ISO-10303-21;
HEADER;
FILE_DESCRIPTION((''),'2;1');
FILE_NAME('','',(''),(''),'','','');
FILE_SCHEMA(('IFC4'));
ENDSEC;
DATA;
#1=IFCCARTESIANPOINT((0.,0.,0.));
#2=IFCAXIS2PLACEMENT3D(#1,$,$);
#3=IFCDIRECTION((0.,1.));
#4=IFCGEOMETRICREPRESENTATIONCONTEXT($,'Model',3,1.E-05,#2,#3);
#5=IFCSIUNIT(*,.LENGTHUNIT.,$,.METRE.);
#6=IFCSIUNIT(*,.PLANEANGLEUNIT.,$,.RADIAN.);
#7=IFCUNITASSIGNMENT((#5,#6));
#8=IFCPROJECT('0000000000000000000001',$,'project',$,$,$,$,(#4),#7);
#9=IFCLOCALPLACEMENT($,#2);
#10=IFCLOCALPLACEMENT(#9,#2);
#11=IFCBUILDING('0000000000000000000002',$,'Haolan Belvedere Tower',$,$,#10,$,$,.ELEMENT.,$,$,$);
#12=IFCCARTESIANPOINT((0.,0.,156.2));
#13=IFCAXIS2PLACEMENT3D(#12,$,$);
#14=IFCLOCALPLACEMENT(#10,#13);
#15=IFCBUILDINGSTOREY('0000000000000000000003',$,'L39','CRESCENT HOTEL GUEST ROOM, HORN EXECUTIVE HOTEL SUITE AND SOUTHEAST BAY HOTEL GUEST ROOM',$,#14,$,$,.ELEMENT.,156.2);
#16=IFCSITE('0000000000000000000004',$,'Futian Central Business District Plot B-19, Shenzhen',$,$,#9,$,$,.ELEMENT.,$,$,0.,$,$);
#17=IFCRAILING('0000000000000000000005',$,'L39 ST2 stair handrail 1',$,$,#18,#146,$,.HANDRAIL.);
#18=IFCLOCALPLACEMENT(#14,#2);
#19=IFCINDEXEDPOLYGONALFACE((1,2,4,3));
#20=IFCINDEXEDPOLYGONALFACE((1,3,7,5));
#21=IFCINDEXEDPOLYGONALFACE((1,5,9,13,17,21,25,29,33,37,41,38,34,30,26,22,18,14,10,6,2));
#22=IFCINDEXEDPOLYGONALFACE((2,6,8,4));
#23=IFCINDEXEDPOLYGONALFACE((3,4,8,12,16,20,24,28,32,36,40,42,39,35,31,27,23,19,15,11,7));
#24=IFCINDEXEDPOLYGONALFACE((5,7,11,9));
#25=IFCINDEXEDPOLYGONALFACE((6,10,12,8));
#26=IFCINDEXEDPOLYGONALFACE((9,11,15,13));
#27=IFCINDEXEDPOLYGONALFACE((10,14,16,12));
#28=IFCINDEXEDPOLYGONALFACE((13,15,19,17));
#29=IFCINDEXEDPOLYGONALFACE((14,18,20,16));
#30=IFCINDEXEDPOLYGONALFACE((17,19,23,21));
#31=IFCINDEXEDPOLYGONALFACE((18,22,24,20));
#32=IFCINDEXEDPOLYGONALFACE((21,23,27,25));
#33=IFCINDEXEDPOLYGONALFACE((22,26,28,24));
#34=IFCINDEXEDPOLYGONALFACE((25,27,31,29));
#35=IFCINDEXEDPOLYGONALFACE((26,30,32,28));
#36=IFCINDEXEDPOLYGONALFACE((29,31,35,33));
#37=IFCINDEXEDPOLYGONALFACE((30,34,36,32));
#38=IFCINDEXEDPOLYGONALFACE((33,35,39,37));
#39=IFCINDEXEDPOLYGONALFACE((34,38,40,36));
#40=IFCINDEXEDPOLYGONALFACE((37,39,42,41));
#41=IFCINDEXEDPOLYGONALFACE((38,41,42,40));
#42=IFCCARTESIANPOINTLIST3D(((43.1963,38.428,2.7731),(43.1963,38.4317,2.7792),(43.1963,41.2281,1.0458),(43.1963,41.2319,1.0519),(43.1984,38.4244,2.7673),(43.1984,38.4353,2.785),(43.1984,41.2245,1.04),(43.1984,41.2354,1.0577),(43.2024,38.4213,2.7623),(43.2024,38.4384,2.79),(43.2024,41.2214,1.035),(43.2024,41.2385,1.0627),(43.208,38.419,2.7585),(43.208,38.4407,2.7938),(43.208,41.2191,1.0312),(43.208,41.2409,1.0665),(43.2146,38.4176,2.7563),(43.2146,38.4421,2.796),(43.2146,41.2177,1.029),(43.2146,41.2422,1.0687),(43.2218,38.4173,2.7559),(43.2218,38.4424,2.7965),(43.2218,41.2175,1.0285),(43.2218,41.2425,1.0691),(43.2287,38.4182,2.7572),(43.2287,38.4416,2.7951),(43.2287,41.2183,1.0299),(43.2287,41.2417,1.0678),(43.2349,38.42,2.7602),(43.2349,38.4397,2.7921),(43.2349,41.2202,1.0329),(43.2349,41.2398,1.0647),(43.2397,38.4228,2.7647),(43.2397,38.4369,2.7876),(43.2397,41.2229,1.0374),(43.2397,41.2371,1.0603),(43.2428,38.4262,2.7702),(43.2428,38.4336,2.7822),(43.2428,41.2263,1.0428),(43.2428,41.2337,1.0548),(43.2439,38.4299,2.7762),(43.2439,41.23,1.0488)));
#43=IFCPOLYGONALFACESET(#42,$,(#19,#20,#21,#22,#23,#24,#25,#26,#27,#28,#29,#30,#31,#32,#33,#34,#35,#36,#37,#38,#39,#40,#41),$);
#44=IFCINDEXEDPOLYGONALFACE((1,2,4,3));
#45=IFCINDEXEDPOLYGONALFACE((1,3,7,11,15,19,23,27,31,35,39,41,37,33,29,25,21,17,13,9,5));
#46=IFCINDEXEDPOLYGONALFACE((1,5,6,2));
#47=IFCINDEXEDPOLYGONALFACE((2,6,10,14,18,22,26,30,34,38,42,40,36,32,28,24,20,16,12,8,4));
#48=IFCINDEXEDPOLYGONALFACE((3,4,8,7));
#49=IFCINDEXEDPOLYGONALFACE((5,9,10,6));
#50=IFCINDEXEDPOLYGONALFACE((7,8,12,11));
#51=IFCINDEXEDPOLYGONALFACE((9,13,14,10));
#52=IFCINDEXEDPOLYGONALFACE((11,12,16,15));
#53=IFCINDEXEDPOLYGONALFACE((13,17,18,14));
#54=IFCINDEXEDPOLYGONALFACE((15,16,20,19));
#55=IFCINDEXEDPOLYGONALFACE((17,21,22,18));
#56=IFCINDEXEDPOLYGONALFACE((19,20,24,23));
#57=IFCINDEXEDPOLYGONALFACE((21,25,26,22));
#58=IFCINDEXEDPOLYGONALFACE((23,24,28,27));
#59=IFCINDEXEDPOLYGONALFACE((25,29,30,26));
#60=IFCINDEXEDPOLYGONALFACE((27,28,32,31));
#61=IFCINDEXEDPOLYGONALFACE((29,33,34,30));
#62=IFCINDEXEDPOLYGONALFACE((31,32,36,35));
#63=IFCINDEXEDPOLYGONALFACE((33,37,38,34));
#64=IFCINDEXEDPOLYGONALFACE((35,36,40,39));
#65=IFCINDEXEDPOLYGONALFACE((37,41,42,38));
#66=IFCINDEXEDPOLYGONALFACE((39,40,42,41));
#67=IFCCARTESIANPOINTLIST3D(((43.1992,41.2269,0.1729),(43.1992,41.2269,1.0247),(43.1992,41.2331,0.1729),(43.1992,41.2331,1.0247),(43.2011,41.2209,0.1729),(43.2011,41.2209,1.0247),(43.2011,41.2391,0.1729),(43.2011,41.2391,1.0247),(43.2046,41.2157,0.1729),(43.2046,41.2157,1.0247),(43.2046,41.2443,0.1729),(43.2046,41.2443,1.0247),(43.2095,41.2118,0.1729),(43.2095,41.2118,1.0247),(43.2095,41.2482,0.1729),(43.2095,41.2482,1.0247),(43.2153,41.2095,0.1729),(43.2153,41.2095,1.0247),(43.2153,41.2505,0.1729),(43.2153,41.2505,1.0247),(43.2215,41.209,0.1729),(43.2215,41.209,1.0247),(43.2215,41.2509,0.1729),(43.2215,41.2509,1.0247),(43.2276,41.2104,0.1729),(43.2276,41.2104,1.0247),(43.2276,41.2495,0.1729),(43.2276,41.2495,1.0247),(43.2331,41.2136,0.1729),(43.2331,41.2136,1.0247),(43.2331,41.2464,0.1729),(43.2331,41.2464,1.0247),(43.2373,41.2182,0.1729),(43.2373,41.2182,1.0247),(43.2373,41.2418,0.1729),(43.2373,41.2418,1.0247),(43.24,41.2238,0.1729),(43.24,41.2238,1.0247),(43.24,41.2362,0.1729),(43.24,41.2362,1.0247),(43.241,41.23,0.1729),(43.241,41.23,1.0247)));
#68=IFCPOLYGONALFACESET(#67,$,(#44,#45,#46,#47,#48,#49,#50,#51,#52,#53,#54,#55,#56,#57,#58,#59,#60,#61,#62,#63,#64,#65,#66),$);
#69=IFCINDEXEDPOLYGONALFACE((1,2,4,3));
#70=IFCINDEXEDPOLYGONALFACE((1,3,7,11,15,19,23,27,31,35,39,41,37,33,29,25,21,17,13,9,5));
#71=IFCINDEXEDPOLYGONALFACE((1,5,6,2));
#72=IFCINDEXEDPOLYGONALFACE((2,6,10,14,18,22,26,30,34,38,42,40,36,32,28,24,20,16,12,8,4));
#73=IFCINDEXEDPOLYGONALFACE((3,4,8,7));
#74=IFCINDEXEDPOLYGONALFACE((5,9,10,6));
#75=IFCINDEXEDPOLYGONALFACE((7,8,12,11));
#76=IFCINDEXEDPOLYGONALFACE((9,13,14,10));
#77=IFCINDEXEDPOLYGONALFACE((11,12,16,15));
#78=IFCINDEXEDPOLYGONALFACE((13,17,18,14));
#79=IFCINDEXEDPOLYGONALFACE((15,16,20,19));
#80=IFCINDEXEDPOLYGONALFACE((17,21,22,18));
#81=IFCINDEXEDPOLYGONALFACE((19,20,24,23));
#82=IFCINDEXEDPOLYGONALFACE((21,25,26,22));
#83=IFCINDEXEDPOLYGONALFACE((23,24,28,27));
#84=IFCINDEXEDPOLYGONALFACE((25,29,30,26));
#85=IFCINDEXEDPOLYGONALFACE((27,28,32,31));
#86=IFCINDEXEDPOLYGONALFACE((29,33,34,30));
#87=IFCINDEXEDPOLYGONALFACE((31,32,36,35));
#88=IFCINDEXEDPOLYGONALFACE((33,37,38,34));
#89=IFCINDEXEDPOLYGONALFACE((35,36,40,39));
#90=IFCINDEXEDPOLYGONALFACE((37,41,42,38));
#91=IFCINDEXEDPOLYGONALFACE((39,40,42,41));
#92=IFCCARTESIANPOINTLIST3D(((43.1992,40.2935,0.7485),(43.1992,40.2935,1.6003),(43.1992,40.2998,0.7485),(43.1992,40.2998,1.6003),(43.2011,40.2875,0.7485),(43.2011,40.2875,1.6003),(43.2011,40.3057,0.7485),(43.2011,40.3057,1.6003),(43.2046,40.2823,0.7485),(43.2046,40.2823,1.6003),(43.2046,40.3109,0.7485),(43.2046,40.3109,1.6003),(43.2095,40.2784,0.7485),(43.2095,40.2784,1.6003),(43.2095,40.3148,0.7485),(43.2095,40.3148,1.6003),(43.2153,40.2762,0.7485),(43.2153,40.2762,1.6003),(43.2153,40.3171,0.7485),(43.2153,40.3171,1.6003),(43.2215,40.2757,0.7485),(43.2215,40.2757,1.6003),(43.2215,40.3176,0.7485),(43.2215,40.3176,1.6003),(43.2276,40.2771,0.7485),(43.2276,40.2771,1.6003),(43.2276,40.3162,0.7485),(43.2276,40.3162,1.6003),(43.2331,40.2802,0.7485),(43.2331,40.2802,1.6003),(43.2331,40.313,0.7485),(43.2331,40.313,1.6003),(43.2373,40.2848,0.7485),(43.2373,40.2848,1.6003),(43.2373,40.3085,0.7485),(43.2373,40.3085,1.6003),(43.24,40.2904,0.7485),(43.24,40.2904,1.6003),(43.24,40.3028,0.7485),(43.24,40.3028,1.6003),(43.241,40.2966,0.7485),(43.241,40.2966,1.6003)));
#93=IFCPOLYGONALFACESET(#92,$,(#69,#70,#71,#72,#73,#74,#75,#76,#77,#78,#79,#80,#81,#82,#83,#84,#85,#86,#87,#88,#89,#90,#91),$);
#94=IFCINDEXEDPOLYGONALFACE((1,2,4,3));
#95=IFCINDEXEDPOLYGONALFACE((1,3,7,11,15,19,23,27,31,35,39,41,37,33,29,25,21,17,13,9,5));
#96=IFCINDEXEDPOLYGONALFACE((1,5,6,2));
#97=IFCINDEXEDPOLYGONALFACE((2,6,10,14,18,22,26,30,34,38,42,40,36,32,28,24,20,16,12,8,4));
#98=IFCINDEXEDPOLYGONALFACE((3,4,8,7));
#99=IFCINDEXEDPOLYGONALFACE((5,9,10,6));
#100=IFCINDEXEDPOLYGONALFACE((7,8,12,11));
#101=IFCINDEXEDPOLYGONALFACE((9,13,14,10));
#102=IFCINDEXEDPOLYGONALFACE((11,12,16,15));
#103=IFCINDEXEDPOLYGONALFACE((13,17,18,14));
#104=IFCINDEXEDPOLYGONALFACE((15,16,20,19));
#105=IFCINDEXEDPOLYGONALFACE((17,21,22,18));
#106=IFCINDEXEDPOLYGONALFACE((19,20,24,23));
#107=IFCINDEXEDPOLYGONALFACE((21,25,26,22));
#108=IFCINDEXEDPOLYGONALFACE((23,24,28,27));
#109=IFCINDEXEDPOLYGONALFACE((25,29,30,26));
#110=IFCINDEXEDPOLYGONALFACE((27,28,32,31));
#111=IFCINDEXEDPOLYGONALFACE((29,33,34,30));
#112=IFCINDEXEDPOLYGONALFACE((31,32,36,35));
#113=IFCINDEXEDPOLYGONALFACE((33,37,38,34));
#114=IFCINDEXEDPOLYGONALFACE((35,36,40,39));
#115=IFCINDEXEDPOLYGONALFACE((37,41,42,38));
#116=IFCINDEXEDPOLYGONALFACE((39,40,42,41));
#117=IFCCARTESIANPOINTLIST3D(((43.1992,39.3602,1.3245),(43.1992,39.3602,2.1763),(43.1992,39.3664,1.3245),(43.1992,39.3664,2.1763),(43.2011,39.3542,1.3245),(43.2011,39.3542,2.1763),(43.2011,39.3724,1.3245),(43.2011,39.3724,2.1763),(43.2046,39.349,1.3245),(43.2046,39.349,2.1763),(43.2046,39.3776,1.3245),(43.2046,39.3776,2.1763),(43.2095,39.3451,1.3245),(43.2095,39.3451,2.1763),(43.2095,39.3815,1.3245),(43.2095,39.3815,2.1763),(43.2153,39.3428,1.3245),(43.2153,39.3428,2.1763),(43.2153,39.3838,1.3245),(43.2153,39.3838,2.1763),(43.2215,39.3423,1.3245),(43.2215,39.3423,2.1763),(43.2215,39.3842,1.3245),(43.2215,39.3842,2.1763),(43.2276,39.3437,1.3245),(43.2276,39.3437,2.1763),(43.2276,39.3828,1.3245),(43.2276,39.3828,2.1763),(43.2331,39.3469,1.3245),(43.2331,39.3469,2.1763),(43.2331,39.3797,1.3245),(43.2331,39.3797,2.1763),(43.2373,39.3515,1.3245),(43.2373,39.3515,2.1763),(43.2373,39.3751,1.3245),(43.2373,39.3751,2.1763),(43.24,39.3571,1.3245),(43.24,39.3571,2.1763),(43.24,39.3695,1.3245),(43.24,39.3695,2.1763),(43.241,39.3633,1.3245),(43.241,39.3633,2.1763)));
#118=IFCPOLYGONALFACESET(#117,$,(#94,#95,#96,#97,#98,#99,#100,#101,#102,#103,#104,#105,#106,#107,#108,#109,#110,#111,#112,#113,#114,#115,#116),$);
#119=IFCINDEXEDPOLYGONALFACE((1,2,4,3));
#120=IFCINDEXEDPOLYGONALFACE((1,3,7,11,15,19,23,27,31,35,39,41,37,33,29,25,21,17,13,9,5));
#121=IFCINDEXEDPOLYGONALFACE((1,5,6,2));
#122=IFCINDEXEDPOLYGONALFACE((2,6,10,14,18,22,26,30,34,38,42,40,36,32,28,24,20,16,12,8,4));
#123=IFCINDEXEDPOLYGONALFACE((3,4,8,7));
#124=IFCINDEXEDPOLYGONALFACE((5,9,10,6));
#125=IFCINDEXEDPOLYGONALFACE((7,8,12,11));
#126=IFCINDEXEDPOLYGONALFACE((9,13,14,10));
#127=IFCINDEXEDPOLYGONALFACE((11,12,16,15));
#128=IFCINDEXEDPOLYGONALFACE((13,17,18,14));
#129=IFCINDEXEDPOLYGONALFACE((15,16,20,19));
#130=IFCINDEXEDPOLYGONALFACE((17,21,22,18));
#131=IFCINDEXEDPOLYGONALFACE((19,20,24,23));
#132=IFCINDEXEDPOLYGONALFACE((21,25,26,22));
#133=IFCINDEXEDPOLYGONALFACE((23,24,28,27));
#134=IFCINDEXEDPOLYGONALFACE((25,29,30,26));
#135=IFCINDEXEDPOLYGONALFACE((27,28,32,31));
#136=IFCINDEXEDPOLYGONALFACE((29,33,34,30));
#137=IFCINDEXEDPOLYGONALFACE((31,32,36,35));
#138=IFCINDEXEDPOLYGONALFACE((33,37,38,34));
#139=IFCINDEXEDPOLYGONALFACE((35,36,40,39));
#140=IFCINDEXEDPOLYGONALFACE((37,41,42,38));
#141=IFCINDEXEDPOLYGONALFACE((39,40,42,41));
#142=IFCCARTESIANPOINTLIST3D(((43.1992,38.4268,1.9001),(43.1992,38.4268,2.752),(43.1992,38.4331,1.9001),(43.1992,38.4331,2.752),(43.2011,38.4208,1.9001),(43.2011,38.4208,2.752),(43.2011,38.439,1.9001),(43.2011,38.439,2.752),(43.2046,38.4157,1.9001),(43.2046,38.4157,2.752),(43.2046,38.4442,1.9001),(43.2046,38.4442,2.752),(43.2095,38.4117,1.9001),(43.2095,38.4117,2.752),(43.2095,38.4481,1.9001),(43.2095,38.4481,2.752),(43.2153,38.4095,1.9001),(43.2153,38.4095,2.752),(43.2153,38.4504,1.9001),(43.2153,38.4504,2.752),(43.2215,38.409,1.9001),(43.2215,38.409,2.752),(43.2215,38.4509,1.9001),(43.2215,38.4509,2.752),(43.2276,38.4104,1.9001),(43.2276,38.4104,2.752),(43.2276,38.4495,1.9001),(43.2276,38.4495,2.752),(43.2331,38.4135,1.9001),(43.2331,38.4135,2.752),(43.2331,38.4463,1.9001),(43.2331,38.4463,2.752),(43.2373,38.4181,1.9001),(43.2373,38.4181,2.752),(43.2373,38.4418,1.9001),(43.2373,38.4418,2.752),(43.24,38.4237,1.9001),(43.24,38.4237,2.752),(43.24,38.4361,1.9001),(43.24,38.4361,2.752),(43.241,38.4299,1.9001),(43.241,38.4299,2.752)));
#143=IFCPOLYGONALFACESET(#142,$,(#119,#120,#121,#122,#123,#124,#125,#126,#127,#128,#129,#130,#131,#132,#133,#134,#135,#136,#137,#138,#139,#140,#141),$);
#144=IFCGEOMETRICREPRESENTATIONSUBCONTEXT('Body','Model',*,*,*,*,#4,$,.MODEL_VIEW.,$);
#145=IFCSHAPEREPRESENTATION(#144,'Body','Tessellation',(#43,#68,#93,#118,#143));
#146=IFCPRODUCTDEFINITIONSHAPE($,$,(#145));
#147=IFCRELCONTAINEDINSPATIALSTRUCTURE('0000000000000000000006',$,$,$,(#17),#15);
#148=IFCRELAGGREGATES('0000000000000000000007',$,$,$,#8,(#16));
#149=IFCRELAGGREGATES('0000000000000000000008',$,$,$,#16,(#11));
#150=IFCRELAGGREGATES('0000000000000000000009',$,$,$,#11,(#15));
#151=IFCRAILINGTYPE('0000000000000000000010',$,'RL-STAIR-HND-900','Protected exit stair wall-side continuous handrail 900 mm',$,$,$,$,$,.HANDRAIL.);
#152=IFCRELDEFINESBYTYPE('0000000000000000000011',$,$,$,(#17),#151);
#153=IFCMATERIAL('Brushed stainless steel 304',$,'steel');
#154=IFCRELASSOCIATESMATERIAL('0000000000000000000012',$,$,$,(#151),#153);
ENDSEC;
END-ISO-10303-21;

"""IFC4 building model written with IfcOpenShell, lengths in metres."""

from ifc_helpers import new_model, si_unit, direction, frame, origin, origin_2d, place, context, subcontext, project, spatial, circle, extrude, material, type_object, element, save


model = new_model("IFC4")

# Units and contexts
model_context = context("Model", 3, precision=1e-05, world=origin(), true_north=direction((0.0, 1.0)))
body_context = subcontext(model_context, "Body", "Model", "MODEL_VIEW")
ifc_project = project(units=[si_unit("LENGTHUNIT", "METRE"), si_unit("PLANEANGLEUNIT", "RADIAN")], contexts=[model_context])

# Site, building, storey
site_placement = place(None, origin())
site = spatial("IfcSite", under=ifc_project, at=site_placement, Name="Futian Central Business District Plot B-19, Shenzhen", CompositionType="ELEMENT", RefElevation=0.0)
building_placement = place(site_placement, origin())
building = spatial("IfcBuilding", under=site, at=building_placement, Name="Haolan Belvedere Tower", CompositionType="ELEMENT")
storey_placement = place(building_placement, frame((0.0, 0.0, 156.2)))
storey = spatial("IfcBuildingStorey", under=building, at=storey_placement, Name="L39", Description="CRESCENT HOTEL GUEST ROOM, HORN EXECUTIVE HOTEL SUITE AND SOUTHEAST BAY HOTEL GUEST ROOM", CompositionType="ELEMENT", Elevation=156.2)

# Railing
ifc_material_1 = material(Name="Brushed stainless steel 304", Category="steel")
railing_type_1 = type_object("IfcRailingType", Name="RL-STAIR-HND-900", Description="Protected exit stair wall-side continuous handrail 900 mm", PredefinedType="HANDRAIL", material=ifc_material_1)
railing_1_placement = place(storey_placement, frame((43.22, 41.23, 0.1729)))
element("IfcRailing", 1, at=railing_1_placement, inside=storey, type_object=railing_type_1, Name="L39 ST2 stair handrail 1", PredefinedType="HANDRAIL", context=body_context, shape_type="SweptSolid", body=[
    extrude(circle(Radius=0.0239, at=origin_2d()), frame((0.0, 0.0, 0.876), z_axis=(0.0, -0.85109, 0.52502), x_axis=(1.0, 0.0, 0.0)), (0.0, 0.0, 1.0), 3.29),
    extrude(circle(Radius=0.021, at=origin_2d()), origin(), (0.0, 0.0, 1.0), 0.8518),
    extrude(circle(Radius=0.021, at=origin_2d()), frame((0.0, -0.9333, 0.5757)), (0.0, 0.0, 1.0), 0.8518),
    extrude(circle(Radius=0.021, at=origin_2d()), frame((0.0, -1.8667, 1.1516)), (0.0, 0.0, 1.0), 0.8518),
    extrude(circle(Radius=0.021, at=origin_2d()), frame((0.0, -2.8, 1.7273)), (0.0, 0.0, 1.0), 0.8518),
])

save(model, "model.ifc")
